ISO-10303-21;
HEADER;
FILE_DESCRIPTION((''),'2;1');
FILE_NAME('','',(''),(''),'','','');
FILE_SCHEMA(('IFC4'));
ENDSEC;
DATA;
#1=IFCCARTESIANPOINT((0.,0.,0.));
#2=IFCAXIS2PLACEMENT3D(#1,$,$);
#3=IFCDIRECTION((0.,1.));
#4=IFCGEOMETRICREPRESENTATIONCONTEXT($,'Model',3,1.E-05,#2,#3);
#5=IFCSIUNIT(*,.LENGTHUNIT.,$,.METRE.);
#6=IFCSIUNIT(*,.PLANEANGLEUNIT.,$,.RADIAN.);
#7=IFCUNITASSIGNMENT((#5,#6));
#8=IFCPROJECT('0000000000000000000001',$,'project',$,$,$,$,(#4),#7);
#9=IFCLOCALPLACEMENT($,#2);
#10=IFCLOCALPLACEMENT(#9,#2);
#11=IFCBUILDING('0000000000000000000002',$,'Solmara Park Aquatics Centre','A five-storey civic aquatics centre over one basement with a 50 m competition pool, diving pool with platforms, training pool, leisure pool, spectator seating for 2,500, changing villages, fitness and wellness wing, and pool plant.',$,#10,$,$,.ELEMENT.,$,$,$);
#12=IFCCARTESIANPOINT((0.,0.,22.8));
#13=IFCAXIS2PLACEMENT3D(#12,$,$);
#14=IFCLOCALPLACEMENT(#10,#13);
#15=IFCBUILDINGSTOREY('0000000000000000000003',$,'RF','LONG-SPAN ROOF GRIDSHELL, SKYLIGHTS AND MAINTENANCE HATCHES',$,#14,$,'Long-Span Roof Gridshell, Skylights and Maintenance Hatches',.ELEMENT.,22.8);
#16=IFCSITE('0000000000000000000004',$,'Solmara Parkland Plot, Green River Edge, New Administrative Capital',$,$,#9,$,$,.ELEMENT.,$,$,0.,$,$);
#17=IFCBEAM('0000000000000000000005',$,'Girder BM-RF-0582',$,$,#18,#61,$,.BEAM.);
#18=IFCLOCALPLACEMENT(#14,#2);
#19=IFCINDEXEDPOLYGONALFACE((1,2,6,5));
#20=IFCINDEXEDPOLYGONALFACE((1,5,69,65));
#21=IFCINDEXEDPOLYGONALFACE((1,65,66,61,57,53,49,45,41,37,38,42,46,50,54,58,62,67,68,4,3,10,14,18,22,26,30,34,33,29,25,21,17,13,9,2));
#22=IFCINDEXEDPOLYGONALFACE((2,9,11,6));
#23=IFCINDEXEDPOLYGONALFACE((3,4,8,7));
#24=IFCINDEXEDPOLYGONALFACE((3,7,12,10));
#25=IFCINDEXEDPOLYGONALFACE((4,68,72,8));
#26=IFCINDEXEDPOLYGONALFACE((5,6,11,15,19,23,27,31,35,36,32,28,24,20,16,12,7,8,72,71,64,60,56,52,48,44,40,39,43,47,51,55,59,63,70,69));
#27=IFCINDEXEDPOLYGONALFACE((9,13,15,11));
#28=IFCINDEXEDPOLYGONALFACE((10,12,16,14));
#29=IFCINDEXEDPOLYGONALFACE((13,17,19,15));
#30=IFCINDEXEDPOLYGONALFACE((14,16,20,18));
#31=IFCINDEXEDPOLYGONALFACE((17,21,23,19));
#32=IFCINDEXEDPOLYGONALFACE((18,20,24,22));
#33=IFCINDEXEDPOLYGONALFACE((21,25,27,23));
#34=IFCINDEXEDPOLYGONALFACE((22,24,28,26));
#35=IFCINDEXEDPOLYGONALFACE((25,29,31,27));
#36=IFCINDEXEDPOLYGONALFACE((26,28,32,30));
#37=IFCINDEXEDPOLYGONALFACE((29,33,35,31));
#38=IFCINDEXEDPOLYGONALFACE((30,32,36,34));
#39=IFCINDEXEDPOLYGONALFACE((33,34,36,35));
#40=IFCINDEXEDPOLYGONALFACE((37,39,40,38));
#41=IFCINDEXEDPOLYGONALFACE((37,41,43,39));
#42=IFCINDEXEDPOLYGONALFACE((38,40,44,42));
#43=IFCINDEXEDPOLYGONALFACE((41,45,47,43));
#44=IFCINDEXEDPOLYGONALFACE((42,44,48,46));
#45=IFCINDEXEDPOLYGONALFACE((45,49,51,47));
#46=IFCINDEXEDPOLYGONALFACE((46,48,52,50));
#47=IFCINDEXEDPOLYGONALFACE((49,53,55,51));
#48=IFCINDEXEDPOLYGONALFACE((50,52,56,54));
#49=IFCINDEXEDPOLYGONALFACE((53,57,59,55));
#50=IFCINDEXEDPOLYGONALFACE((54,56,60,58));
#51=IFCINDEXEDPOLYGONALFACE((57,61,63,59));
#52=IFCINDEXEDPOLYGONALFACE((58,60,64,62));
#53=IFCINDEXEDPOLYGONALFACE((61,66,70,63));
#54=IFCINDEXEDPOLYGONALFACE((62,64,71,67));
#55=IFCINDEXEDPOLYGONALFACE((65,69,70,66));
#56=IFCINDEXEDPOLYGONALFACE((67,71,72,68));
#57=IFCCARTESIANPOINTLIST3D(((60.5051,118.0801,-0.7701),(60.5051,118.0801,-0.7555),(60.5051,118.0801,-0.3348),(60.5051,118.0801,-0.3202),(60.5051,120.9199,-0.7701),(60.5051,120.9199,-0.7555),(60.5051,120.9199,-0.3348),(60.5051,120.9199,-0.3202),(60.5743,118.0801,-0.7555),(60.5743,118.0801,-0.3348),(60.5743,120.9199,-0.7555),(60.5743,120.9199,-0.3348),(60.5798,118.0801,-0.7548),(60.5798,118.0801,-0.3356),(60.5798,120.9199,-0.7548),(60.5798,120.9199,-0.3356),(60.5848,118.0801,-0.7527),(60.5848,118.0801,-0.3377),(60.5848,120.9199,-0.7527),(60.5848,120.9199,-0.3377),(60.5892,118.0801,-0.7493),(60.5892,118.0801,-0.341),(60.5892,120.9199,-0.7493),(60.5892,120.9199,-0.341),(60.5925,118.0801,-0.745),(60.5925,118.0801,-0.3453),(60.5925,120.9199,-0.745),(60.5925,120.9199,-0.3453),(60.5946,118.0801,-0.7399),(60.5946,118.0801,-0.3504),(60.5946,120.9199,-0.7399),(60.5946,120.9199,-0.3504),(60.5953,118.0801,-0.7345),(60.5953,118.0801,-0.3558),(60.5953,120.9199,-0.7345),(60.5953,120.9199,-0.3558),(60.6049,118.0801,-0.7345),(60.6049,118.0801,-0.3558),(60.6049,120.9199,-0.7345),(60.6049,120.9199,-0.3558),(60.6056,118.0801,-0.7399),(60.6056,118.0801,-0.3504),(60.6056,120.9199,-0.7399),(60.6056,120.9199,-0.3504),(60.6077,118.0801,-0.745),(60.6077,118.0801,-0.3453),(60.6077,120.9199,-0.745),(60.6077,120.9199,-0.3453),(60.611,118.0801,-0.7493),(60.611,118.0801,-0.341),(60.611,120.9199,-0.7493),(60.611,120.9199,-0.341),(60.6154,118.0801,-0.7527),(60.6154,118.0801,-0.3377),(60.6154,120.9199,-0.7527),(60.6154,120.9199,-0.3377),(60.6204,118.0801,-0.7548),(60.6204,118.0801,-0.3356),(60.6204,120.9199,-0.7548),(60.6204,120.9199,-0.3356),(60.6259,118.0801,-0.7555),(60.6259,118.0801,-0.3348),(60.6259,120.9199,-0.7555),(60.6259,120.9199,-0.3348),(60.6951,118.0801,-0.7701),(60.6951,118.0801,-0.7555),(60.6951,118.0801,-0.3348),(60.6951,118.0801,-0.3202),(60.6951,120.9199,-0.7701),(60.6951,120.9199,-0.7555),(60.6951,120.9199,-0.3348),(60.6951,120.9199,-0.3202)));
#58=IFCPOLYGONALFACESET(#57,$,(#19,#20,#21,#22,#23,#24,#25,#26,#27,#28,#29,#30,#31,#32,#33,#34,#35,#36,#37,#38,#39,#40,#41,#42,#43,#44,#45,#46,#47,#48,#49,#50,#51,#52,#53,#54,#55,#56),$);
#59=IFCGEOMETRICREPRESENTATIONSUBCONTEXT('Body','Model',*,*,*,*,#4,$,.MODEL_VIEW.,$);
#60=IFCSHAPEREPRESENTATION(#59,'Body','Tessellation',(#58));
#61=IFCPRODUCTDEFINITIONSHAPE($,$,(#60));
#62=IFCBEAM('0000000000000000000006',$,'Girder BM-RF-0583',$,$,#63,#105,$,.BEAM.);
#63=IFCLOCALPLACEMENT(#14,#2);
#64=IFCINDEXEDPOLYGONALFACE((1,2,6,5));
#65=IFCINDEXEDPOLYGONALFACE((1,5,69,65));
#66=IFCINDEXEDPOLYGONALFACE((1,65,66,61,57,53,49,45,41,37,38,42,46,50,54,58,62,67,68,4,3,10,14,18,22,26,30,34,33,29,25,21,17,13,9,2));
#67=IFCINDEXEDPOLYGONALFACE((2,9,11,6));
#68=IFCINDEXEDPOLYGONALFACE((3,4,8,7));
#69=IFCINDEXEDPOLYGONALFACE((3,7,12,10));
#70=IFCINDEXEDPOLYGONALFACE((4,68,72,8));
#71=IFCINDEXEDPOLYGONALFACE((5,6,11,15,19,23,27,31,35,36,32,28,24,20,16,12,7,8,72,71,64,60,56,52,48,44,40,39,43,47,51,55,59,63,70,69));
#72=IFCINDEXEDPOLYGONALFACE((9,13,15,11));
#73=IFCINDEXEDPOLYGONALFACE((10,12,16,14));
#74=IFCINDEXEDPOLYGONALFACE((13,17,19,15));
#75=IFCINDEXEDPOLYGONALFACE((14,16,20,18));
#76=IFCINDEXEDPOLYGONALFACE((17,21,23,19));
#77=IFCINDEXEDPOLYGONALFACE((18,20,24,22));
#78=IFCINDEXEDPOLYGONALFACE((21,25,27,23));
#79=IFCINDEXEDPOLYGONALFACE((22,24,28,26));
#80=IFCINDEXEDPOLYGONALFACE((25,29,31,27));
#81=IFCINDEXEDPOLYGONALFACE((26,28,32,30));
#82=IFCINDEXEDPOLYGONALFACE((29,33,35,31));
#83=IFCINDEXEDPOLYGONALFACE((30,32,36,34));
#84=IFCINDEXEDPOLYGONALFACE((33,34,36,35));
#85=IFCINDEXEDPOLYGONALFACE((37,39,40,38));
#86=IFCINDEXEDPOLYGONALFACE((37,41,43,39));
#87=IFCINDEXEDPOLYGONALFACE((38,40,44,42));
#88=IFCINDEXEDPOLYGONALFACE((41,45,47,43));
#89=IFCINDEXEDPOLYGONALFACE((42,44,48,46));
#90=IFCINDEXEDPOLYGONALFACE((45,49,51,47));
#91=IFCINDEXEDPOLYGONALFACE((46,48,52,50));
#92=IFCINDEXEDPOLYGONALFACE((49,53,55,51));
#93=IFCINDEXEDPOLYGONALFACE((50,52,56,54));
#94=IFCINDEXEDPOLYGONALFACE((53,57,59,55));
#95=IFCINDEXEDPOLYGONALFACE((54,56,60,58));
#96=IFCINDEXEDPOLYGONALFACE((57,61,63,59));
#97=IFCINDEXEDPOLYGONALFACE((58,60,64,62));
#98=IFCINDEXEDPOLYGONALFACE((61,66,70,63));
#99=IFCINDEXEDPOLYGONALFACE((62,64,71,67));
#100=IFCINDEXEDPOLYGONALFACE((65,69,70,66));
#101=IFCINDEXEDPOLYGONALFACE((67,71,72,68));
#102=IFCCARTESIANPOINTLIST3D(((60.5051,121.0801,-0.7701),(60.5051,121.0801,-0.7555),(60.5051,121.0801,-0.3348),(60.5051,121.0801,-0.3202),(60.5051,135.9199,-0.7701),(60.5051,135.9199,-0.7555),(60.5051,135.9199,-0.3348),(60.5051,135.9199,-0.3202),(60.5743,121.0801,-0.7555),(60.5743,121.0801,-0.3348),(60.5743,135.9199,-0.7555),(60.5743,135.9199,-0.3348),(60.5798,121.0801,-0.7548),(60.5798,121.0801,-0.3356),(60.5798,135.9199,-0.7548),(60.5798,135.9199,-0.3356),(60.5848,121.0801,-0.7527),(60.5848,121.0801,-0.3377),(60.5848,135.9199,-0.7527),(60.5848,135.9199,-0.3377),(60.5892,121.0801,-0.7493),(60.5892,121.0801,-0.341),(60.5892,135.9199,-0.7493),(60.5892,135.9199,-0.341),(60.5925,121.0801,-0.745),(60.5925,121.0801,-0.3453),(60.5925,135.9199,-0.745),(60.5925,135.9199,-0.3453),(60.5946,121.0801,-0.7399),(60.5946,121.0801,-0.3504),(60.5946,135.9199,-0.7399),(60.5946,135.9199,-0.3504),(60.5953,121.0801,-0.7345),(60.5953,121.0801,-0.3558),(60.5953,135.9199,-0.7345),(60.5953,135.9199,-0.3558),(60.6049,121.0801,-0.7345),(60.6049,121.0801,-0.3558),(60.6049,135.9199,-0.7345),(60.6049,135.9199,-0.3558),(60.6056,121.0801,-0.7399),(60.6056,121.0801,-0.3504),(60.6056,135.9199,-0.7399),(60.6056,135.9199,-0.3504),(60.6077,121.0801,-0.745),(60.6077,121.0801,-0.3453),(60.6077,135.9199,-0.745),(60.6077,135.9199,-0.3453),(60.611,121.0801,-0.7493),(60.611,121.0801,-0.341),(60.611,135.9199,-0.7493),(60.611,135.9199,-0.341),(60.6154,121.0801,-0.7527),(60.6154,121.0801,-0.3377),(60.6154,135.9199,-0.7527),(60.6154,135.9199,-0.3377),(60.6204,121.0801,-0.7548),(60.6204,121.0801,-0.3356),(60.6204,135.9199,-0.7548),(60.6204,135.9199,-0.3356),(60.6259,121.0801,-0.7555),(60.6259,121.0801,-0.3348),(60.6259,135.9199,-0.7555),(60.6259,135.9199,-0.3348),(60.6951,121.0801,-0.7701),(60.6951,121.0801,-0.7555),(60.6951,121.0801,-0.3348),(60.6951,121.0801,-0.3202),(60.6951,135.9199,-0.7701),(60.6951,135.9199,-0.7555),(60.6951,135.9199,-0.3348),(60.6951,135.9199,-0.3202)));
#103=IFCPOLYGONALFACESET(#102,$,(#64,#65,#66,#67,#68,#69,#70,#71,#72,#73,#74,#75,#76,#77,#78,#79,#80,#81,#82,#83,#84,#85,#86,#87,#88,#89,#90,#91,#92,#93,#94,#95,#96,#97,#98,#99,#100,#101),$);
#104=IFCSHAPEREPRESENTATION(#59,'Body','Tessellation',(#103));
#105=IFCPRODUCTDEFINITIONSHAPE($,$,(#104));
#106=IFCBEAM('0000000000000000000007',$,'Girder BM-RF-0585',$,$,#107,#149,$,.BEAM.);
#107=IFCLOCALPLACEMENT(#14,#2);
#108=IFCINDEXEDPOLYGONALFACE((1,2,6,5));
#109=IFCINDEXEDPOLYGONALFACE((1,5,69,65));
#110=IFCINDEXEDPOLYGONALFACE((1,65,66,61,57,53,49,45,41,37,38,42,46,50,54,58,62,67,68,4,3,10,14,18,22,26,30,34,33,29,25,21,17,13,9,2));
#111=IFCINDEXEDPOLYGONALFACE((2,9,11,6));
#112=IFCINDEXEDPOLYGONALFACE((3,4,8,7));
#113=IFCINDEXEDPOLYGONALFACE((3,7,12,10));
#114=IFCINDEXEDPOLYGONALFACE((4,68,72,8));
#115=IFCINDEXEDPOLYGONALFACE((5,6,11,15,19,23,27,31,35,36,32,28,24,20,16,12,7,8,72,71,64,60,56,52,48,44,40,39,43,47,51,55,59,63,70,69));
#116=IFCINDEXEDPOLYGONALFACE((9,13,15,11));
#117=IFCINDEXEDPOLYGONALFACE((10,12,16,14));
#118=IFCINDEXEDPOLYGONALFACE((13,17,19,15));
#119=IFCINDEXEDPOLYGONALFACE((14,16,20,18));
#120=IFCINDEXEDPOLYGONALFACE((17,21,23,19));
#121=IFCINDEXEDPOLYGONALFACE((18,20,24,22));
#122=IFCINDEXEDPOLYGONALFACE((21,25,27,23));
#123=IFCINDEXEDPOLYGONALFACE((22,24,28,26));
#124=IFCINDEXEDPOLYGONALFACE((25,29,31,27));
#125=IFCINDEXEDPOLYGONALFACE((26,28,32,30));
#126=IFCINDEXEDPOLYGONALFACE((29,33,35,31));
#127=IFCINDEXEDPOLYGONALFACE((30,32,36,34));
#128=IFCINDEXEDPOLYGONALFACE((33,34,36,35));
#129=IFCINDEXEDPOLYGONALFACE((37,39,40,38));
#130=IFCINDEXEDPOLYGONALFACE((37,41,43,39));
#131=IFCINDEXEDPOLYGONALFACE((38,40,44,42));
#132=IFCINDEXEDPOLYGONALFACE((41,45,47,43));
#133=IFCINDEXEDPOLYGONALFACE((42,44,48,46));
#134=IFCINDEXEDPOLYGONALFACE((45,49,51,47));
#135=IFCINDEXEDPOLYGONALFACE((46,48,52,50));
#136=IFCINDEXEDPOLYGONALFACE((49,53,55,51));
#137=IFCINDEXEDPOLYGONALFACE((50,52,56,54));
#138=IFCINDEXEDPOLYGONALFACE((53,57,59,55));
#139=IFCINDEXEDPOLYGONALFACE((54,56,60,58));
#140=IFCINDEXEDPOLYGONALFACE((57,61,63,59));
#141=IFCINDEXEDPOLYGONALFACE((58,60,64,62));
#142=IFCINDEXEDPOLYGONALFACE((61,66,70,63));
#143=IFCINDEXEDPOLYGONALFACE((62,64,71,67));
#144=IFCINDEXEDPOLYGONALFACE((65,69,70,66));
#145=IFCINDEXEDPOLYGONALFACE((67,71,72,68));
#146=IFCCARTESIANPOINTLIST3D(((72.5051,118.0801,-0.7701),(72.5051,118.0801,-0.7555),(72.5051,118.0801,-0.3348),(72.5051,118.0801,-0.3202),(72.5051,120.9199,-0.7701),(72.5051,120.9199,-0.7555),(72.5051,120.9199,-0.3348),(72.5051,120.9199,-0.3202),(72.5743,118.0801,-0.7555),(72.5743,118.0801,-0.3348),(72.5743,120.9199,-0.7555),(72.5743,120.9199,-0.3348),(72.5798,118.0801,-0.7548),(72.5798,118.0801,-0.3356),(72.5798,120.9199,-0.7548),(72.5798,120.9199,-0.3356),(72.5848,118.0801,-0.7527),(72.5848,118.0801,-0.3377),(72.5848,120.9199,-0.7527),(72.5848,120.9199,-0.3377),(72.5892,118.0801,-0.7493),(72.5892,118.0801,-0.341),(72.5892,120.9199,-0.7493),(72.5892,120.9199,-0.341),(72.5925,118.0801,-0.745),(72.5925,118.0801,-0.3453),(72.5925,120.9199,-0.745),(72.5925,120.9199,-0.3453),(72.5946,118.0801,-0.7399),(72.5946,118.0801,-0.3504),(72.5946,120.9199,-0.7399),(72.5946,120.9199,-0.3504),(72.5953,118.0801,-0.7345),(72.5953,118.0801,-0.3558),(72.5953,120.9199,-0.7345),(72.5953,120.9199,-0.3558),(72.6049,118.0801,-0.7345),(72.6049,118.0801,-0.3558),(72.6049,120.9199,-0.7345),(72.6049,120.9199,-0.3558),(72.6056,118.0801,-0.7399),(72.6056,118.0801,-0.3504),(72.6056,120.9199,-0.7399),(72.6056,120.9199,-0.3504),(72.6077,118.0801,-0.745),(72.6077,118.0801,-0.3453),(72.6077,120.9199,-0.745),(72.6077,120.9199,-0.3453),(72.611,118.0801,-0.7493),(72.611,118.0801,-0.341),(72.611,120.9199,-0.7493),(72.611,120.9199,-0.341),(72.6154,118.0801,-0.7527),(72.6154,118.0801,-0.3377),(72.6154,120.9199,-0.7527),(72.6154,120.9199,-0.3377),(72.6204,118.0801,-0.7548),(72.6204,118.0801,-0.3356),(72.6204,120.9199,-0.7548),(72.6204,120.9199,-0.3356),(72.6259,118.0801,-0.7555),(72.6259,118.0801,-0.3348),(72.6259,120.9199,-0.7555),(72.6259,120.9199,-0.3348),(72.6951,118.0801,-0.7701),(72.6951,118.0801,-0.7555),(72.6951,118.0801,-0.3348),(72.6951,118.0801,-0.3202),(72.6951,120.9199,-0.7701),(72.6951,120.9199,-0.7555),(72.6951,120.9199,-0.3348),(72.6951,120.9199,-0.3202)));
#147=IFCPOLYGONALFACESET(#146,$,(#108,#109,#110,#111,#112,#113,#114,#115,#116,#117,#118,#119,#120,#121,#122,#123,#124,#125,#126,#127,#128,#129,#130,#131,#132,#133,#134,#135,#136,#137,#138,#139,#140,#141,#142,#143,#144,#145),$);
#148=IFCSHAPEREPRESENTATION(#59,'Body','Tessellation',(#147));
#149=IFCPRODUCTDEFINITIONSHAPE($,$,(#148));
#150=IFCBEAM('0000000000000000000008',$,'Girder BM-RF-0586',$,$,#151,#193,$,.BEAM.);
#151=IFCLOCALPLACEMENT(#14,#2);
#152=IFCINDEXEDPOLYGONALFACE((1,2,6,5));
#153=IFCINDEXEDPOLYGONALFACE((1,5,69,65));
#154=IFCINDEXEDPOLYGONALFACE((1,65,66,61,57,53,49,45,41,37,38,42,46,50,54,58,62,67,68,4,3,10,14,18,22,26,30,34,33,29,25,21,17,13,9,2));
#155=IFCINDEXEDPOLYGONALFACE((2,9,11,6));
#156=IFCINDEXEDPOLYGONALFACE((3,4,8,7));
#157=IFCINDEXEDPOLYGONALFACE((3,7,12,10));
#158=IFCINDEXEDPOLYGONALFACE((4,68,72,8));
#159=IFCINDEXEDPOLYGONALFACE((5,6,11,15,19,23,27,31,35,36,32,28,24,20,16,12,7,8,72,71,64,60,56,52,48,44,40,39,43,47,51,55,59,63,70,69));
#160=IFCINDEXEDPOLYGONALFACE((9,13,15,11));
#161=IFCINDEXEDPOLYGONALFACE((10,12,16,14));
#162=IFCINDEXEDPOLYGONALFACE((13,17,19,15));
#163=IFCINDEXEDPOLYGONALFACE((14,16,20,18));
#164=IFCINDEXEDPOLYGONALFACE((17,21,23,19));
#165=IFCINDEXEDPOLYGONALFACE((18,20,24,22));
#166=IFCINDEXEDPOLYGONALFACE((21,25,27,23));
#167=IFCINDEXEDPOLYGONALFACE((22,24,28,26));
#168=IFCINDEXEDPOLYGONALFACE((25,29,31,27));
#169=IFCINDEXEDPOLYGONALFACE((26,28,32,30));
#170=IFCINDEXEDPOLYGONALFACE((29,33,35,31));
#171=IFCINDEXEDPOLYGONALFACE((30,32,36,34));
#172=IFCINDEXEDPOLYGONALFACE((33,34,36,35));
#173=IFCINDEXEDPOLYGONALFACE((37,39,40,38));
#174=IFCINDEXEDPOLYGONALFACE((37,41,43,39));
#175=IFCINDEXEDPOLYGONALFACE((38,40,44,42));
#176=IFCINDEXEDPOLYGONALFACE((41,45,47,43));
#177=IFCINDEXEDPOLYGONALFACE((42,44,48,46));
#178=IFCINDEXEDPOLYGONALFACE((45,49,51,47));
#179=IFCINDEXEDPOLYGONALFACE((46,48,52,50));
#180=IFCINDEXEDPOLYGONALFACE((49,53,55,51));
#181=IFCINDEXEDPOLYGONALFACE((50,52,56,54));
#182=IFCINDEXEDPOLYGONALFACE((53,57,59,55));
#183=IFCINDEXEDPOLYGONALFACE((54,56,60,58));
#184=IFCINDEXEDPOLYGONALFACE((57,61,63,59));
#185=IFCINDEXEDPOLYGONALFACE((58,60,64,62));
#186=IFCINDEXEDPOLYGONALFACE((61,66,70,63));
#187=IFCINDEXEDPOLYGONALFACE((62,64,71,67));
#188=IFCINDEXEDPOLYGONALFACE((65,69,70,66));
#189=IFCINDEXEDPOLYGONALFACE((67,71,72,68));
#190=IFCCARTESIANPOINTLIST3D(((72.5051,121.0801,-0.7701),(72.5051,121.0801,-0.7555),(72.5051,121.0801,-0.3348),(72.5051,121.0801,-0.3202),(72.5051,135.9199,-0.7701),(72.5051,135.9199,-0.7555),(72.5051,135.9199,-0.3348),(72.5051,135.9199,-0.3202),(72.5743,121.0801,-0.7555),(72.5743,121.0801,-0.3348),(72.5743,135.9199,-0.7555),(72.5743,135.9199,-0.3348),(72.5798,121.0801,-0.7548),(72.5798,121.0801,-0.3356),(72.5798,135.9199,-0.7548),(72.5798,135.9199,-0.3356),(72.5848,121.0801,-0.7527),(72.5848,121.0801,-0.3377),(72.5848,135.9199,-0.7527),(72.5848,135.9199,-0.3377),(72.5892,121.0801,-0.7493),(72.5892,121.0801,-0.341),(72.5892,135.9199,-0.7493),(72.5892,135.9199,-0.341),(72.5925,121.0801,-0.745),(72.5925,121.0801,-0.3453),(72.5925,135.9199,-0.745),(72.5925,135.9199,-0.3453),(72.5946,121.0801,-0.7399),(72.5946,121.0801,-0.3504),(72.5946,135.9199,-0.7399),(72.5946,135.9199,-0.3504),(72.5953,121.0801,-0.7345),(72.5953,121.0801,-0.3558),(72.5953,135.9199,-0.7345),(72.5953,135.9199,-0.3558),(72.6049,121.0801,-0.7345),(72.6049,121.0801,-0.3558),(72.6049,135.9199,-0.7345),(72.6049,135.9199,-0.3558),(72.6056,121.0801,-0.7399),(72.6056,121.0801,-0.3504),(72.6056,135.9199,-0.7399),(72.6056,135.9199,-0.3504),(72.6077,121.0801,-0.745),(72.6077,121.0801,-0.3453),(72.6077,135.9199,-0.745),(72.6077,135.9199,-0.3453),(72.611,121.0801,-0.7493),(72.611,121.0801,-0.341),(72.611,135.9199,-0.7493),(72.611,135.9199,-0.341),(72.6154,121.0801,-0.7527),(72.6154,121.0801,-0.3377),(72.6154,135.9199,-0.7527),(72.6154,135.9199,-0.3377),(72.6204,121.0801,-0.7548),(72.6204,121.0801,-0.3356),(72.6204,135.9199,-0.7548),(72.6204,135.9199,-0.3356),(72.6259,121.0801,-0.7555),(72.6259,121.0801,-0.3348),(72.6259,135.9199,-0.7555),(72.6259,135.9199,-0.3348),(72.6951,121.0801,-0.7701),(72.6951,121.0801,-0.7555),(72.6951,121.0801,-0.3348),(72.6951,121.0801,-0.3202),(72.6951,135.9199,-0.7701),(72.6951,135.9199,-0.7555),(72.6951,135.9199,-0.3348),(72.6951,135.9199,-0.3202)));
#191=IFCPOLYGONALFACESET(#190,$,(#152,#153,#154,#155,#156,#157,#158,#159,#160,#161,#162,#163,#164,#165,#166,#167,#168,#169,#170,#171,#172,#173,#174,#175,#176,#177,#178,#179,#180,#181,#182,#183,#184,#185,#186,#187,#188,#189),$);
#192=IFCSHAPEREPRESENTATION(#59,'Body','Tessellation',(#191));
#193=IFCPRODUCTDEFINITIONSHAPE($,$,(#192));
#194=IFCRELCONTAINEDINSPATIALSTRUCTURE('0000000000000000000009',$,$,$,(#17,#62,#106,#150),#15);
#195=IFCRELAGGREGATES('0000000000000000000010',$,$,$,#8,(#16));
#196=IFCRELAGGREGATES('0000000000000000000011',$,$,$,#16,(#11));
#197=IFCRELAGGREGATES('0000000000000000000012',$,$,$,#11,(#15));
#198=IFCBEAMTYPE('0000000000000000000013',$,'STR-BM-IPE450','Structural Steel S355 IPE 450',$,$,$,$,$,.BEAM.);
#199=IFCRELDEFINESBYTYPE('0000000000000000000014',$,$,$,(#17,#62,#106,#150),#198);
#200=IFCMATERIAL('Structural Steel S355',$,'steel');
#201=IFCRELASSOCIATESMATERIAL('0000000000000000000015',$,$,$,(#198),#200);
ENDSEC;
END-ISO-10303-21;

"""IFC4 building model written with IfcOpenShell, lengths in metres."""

from ifc_helpers import new_model, si_unit, direction, frame, origin, origin_2d, place, context, subcontext, project, spatial, i_section, extrude, material, material_profile, profile_set, type_object, element, save


model = new_model("IFC4")

# Units and contexts
model_context = context("Model", 3, precision=1e-05, world=origin(), true_north=direction((0.0, 1.0)))
body_context = subcontext(model_context, "Body", "Model", "MODEL_VIEW")
ifc_project = project(units=[si_unit("LENGTHUNIT", "METRE"), si_unit("PLANEANGLEUNIT", "RADIAN")], contexts=[model_context])

# Site, building, storey
site_placement = place(None, origin())
site = spatial("IfcSite", under=ifc_project, at=site_placement, Name="Solmara Parkland Plot, Green River Edge, New Administrative Capital", CompositionType="ELEMENT", RefElevation=0.0)
building_placement = place(site_placement, origin())
building = spatial("IfcBuilding", under=site, at=building_placement, Name="Solmara Park Aquatics Centre", Description="A five-storey civic aquatics centre over one basement with a 50 m competition pool, diving pool with platforms, training pool, leisure pool, spectator seating for 2,500, changing villages, fitness and wellness wing, and pool plant.", CompositionType="ELEMENT")
storey_placement = place(building_placement, frame((0.0, 0.0, 22.8)))
storey = spatial("IfcBuildingStorey", under=building, at=storey_placement, Name="RF", Description="LONG-SPAN ROOF GRIDSHELL, SKYLIGHTS AND MAINTENANCE HATCHES", LongName="Long-Span Roof Gridshell, Skylights and Maintenance Hatches", CompositionType="ELEMENT", Elevation=22.8)

# Beams
ifc_material_1 = material(Name="Structural Steel S355", Category="steel")
ifc_material_profile_1 = material_profile(ifc_material_1, i_section(OverallWidth=0.1899, OverallDepth=0.45, WebThickness=0.0095, FlangeThickness=0.0146, FilletRadius=0.021, at=origin_2d()), Name="IPE 450")
ifc_profile_set_1 = profile_set([ifc_material_profile_1], Name="Structural Steel S355")
beam_type_1 = type_object("IfcBeamType", Name="STR-BM-IPE450", Description="Structural Steel S355 IPE 450", PredefinedType="BEAM", material=ifc_profile_set_1)
beam_1_placement = place(storey_placement, frame((60.6001, 118.0801, -0.5452), z_axis=(0.0, 1.0, 0.0), x_axis=(-1.0, 0.0, 0.0)))
element("IfcBeam", 1, at=beam_1_placement, inside=storey, type_object=beam_type_1, Name="Girder BM-RF-0582", PredefinedType="BEAM", context=body_context, shape_type="SweptSolid", body=[
    extrude(i_section(OverallWidth=0.1899, OverallDepth=0.45, WebThickness=0.0095, FlangeThickness=0.0146, FilletRadius=0.021, at=origin_2d()), origin(), (0.0, 0.0, 1.0), 2.8398),
])
beam_2_placement = place(storey_placement, frame((60.6001, 121.0801, -0.5452), z_axis=(0.0, 1.0, 0.0), x_axis=(-1.0, 0.0, 0.0)))
element("IfcBeam", 2, at=beam_2_placement, inside=storey, type_object=beam_type_1, Name="Girder BM-RF-0583", PredefinedType="BEAM", context=body_context, shape_type="SweptSolid", body=[
    extrude(i_section(OverallWidth=0.1899, OverallDepth=0.45, WebThickness=0.0095, FlangeThickness=0.0146, FilletRadius=0.021, at=origin_2d()), origin(), (0.0, 0.0, 1.0), 14.8398),
])
beam_3_placement = place(storey_placement, frame((72.6001, 118.0801, -0.5452), z_axis=(0.0, 1.0, 0.0), x_axis=(-1.0, 0.0, 0.0)))
element("IfcBeam", 3, at=beam_3_placement, inside=storey, type_object=beam_type_1, Name="Girder BM-RF-0585", PredefinedType="BEAM", context=body_context, shape_type="SweptSolid", body=[
    extrude(i_section(OverallWidth=0.1899, OverallDepth=0.45, WebThickness=0.0095, FlangeThickness=0.0146, FilletRadius=0.021, at=origin_2d()), origin(), (0.0, 0.0, 1.0), 2.8398),
])
beam_4_placement = place(storey_placement, frame((72.6001, 121.0801, -0.5452), z_axis=(0.0, 1.0, 0.0), x_axis=(-1.0, 0.0, 0.0)))
element("IfcBeam", 4, at=beam_4_placement, inside=storey, type_object=beam_type_1, Name="Girder BM-RF-0586", PredefinedType="BEAM", context=body_context, shape_type="SweptSolid", body=[
    extrude(i_section(OverallWidth=0.1899, OverallDepth=0.45, WebThickness=0.0095, FlangeThickness=0.0146, FilletRadius=0.021, at=origin_2d()), origin(), (0.0, 0.0, 1.0), 14.8398),
])

save(model, "model.ifc")
